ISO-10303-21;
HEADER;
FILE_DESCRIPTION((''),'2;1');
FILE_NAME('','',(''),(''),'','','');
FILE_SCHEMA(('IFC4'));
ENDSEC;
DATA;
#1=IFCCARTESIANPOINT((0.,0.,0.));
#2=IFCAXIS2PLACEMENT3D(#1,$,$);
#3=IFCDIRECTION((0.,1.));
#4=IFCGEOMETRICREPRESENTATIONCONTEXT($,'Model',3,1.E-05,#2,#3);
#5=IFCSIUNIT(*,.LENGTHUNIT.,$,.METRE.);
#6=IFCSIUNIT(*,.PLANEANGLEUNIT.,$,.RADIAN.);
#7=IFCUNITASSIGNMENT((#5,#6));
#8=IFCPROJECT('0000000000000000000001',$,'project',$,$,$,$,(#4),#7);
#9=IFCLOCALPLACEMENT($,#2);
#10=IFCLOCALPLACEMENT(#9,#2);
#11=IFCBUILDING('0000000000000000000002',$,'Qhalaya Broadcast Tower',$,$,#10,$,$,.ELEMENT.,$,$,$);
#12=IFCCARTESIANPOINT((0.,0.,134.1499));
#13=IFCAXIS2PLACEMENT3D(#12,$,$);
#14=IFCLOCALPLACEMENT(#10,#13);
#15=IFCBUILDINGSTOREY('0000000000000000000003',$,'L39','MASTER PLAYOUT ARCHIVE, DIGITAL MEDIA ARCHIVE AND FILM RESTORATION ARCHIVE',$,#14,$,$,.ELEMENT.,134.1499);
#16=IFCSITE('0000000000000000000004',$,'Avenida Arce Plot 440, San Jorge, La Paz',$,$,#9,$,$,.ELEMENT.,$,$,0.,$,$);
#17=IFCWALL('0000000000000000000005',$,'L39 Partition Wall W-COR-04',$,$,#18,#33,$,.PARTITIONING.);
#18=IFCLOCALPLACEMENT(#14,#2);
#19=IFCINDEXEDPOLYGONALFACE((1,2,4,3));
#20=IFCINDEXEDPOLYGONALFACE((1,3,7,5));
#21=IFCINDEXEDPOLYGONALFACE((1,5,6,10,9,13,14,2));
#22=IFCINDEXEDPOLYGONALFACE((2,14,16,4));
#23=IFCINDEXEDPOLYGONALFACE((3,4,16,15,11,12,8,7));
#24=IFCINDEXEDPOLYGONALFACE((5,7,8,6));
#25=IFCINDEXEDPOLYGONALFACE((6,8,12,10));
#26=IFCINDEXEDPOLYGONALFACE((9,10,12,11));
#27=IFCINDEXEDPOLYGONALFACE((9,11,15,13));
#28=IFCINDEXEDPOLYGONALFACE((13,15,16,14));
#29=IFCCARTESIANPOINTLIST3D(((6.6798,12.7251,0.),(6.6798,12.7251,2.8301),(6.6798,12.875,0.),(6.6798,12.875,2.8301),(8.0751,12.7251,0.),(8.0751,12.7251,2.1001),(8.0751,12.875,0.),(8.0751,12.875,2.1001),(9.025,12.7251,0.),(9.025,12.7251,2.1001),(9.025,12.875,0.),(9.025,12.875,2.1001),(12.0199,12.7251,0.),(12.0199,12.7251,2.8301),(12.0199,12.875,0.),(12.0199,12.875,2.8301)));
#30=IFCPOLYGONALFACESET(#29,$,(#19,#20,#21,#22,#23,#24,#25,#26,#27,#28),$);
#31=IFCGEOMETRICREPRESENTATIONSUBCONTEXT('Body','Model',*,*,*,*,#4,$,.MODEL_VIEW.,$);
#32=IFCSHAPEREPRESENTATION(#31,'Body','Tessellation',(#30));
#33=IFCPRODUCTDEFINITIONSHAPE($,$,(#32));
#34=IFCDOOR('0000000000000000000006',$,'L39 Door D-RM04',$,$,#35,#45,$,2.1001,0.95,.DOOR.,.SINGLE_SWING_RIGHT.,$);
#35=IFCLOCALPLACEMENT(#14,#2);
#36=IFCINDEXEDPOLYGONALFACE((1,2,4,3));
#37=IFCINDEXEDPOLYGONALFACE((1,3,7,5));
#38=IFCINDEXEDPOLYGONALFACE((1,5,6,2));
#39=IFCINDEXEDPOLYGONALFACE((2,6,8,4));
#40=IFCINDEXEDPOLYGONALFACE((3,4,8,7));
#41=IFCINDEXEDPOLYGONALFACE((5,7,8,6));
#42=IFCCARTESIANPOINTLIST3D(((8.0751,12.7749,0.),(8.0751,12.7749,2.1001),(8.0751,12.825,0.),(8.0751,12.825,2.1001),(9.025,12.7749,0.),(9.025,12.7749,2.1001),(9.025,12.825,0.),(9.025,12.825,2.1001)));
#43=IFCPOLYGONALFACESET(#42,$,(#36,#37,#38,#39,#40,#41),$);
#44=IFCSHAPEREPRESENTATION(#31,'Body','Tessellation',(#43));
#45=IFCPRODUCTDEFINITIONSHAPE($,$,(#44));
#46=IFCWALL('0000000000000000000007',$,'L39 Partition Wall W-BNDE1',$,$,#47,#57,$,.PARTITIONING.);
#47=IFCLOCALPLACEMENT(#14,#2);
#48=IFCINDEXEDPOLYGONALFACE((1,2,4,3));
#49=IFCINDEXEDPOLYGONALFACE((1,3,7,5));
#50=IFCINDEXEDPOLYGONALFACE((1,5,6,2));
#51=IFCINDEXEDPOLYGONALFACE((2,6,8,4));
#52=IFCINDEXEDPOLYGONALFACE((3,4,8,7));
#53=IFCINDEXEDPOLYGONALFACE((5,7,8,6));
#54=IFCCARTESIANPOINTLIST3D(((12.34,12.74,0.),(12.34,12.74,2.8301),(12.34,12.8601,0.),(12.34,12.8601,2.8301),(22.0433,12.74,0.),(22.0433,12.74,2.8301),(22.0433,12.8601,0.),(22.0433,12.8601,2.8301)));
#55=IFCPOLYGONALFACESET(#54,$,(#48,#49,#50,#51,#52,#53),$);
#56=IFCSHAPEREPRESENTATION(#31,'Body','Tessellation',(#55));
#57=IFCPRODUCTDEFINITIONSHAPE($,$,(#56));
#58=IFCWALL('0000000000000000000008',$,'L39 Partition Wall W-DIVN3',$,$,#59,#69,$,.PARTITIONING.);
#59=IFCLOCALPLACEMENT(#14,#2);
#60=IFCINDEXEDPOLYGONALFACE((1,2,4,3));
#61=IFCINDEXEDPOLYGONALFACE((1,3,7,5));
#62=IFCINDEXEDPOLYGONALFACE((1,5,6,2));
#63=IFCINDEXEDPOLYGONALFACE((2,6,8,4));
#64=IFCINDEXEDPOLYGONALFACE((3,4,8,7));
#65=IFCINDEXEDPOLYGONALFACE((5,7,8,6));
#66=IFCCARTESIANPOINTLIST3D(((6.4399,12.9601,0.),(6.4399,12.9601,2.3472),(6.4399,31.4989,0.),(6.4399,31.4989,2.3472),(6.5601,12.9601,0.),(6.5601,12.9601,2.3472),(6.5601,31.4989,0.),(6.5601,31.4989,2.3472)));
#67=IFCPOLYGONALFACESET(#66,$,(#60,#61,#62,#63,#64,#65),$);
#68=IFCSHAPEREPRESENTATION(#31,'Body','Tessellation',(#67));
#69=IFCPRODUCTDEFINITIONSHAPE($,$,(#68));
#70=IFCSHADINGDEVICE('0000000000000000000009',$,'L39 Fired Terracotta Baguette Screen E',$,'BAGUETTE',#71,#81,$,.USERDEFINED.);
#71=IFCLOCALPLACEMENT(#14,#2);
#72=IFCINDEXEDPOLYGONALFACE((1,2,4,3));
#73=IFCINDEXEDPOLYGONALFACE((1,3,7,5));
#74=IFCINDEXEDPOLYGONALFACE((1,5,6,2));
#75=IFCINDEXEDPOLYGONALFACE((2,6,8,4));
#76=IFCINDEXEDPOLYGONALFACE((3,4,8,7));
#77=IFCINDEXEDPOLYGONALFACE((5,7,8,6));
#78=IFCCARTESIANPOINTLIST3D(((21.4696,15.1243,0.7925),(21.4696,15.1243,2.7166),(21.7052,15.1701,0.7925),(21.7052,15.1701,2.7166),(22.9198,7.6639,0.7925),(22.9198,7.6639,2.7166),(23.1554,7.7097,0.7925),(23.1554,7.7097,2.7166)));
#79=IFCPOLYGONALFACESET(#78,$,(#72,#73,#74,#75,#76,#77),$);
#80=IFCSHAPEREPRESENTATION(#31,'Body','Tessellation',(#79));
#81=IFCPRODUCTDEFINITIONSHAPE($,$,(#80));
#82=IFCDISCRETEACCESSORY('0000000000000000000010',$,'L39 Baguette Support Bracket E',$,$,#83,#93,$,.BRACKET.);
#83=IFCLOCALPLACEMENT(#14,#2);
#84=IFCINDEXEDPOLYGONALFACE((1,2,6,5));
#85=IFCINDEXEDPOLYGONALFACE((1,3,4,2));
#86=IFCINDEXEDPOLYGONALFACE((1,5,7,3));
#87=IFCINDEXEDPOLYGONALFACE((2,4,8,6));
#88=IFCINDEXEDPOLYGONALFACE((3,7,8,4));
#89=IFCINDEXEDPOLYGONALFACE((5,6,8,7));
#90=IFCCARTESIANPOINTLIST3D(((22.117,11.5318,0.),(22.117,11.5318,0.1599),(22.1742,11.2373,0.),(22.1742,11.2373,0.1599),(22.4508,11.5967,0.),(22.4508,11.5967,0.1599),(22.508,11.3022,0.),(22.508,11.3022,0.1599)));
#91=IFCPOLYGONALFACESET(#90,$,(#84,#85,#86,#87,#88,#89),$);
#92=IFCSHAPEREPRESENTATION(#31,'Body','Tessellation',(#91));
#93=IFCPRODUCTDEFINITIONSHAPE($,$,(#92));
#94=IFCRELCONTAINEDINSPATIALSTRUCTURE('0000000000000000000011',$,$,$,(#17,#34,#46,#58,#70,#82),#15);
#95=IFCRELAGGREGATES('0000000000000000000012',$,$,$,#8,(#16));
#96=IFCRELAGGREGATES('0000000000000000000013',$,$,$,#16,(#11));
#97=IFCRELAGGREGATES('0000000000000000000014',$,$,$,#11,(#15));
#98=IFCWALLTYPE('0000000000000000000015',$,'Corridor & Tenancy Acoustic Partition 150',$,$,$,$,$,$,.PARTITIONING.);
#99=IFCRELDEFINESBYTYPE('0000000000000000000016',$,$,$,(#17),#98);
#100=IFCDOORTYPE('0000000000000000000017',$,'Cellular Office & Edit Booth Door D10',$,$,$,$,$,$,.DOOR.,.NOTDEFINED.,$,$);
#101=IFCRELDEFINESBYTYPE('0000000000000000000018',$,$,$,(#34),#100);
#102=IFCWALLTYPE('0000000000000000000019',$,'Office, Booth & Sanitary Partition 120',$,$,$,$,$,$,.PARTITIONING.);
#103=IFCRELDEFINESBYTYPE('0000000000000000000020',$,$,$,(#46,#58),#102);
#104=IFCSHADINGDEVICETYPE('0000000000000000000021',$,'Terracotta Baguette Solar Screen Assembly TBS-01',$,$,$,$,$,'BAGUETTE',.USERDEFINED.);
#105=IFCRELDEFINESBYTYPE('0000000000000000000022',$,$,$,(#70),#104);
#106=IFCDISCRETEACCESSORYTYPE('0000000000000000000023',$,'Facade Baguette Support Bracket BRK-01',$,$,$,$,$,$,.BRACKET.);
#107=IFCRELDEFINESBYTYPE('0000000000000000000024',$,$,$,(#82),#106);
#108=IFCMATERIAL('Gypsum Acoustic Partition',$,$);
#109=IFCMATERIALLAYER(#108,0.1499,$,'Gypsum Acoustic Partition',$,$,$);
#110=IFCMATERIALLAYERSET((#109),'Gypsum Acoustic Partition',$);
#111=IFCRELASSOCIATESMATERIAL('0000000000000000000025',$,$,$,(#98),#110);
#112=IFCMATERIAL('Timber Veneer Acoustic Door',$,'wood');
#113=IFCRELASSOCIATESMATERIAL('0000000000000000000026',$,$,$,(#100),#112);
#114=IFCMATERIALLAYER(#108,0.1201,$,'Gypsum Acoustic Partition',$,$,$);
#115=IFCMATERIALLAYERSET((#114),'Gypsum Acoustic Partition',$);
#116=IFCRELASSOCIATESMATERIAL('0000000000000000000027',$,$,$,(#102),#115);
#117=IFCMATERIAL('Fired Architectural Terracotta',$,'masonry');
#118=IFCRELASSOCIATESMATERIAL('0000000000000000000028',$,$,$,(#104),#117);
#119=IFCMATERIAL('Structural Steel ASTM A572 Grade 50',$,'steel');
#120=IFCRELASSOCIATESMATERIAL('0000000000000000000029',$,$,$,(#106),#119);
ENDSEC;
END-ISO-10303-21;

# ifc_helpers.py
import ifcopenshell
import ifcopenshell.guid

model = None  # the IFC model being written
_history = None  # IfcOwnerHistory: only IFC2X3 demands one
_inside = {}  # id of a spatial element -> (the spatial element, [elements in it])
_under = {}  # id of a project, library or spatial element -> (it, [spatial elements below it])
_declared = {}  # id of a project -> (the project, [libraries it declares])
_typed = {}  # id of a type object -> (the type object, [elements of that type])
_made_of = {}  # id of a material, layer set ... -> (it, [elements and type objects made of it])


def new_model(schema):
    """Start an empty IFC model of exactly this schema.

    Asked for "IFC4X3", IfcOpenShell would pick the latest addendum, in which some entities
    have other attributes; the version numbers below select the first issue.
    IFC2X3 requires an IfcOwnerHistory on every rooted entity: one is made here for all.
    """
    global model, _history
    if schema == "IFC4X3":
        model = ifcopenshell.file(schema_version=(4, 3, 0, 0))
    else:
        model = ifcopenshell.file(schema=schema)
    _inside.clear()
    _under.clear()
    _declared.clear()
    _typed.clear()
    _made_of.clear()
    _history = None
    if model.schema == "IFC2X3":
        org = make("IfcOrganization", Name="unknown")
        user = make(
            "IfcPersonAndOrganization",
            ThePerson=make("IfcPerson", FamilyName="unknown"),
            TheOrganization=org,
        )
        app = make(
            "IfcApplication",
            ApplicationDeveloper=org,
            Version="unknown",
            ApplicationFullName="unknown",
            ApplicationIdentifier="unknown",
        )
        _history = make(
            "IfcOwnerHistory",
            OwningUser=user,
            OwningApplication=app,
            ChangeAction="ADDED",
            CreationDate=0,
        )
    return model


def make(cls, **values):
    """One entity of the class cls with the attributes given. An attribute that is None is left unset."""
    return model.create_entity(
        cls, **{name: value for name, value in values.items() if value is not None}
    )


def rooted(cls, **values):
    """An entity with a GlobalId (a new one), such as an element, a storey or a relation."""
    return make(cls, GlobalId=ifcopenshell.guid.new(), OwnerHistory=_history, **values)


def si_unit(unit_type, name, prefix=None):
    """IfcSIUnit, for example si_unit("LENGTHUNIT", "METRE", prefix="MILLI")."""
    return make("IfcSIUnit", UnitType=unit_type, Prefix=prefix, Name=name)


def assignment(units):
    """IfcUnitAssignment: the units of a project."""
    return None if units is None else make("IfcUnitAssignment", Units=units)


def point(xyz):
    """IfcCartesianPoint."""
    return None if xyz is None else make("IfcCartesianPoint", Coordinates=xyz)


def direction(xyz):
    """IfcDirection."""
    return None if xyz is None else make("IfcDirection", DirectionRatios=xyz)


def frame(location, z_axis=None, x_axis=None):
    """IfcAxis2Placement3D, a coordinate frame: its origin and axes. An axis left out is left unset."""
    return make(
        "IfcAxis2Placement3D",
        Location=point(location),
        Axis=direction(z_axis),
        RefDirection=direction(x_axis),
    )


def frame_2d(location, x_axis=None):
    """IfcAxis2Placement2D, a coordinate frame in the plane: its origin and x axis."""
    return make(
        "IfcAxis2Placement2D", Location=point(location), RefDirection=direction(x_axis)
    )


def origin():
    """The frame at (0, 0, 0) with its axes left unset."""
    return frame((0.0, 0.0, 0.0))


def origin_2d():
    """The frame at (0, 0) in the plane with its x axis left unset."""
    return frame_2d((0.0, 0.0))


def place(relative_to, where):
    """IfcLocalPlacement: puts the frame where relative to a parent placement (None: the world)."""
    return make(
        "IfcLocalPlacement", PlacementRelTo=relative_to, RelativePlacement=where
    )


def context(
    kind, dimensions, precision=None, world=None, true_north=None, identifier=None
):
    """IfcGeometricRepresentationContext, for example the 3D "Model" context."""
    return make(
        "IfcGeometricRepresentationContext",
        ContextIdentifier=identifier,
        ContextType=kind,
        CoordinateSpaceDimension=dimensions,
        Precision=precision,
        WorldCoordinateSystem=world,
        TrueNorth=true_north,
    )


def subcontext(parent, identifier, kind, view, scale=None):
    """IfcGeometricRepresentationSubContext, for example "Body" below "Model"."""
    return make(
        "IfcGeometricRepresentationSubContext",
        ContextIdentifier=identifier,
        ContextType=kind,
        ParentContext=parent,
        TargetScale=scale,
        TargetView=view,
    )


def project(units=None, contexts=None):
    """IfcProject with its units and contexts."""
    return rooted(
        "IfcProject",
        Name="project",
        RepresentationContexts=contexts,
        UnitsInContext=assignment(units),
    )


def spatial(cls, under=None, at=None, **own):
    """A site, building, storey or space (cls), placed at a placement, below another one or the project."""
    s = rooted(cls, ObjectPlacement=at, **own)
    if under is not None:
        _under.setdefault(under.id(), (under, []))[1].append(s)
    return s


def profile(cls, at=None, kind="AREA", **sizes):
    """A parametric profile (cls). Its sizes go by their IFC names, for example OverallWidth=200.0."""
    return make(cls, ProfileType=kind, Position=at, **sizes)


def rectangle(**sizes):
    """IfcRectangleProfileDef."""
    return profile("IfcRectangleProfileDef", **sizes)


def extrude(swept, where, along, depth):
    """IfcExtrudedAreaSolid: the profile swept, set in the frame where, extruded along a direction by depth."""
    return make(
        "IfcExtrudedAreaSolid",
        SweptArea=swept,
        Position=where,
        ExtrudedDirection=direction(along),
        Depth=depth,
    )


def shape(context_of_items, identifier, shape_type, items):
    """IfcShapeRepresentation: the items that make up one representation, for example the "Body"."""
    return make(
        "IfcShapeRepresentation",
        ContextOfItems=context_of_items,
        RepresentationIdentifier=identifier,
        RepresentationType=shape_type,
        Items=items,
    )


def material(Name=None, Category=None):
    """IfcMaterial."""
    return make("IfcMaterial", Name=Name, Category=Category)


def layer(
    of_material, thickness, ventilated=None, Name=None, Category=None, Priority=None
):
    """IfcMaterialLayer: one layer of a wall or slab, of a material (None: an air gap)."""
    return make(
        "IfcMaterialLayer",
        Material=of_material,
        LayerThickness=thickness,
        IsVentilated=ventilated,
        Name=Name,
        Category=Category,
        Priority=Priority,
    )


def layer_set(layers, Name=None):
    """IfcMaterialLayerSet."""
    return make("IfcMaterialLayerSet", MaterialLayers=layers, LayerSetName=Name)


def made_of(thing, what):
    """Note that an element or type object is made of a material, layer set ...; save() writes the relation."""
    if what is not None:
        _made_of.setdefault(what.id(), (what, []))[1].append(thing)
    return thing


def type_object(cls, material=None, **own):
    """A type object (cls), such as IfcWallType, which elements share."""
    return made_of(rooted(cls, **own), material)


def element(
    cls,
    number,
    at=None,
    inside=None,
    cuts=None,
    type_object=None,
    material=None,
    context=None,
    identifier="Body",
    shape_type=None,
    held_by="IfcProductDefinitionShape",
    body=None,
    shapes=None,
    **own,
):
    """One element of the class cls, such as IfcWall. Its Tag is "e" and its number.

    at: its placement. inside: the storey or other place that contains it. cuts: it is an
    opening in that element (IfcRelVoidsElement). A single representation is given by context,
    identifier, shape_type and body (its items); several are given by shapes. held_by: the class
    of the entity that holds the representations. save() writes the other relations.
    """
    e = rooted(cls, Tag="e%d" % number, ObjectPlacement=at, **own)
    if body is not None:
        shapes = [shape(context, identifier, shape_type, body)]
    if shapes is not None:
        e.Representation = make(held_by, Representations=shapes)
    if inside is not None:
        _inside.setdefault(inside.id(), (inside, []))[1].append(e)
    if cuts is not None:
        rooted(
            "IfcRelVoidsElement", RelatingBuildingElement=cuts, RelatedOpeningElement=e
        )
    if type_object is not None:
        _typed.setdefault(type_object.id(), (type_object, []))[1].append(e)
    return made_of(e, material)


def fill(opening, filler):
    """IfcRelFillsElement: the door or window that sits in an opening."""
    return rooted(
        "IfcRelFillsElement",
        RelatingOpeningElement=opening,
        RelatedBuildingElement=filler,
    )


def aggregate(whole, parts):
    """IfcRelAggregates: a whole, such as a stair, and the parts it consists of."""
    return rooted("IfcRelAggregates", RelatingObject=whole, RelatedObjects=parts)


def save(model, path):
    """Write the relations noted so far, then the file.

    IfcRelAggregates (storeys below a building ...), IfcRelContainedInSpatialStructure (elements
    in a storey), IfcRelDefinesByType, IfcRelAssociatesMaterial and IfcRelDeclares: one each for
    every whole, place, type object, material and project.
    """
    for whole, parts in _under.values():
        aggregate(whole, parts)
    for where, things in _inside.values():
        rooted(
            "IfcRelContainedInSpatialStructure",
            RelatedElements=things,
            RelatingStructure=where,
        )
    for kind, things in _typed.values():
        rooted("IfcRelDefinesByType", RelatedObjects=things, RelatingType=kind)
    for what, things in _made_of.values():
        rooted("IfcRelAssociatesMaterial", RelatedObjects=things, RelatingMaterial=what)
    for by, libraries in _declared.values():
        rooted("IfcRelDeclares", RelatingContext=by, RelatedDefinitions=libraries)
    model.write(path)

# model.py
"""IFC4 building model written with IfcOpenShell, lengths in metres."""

from ifc_helpers import new_model, si_unit, direction, frame, frame_2d, origin, origin_2d, place, context, subcontext, project, spatial, rectangle, extrude, material, layer, layer_set, type_object, element, fill, save


model = new_model("IFC4")

# Units and contexts
model_context = context("Model", 3, precision=1e-05, world=origin(), true_north=direction((0.0, 1.0)))
body_context = subcontext(model_context, "Body", "Model", "MODEL_VIEW")
ifc_project = project(units=[si_unit("LENGTHUNIT", "METRE"), si_unit("PLANEANGLEUNIT", "RADIAN")], contexts=[model_context])

# Site, building, storey
site_placement = place(None, origin())
site = spatial("IfcSite", under=ifc_project, at=site_placement, Name="Avenida Arce Plot 440, San Jorge, La Paz", CompositionType="ELEMENT", RefElevation=0.0)
building_placement = place(site_placement, origin())
building = spatial("IfcBuilding", under=site, at=building_placement, Name="Qhalaya Broadcast Tower", CompositionType="ELEMENT")
storey_placement = place(building_placement, frame((0.0, 0.0, 134.1499)))
storey = spatial("IfcBuildingStorey", under=building, at=storey_placement, Name="L39", Description="MASTER PLAYOUT ARCHIVE, DIGITAL MEDIA ARCHIVE AND FILM RESTORATION ARCHIVE", CompositionType="ELEMENT", Elevation=134.1499)

# Wall, opening, door
ifc_material_1 = material(Name="Gypsum Acoustic Partition")
ifc_layer_1 = layer(ifc_material_1, 0.1499, Name="Gypsum Acoustic Partition")
ifc_layer_set_1 = layer_set([ifc_layer_1], Name="Gypsum Acoustic Partition")
wall_type_1 = type_object("IfcWallType", Name="Corridor & Tenancy Acoustic Partition 150", PredefinedType="PARTITIONING", material=ifc_layer_set_1)
ifc_material_2 = material(Name="Timber Veneer Acoustic Door", Category="wood")
door_type = type_object("IfcDoorType", Name="Cellular Office & Edit Booth Door D10", OperationType="NOTDEFINED", PredefinedType="DOOR", material=ifc_material_2)
wall_1_placement = place(storey_placement, frame((6.6799, 12.8, 0.0), z_axis=(0.0, 0.0, 1.0), x_axis=(1.0, 0.0, 0.0)))
wall_1 = element("IfcWall", 1, at=wall_1_placement, inside=storey, type_object=wall_type_1, Name="L39 Partition Wall W-COR-04", PredefinedType="PARTITIONING", context=body_context, shape_type="SweptSolid", body=[
    extrude(rectangle(XDim=5.3401, YDim=0.1499, at=frame_2d((2.6699, 0.0))), origin(), (0.0, 0.0, 1.0), 2.8301),
])
opening_1_placement = place(wall_1_placement, frame((1.395, 0.0, 0.0)))
opening_1 = element("IfcOpeningElement", 2, at=opening_1_placement, cuts=wall_1, PredefinedType="OPENING", context=body_context, shape_type="SweptSolid", body=[
    extrude(rectangle(XDim=0.95, YDim=2.1001, at=frame_2d((0.4751, 1.05))), frame((0.0, 0.0869, 0.0), z_axis=(0.0, -1.0, 0.0), x_axis=(1.0, 0.0, 0.0)), (0.0, 0.0, 1.0), 0.1738),
])
door_1_placement = place(opening_1_placement, origin())
door_1 = element("IfcDoor", 3, at=door_1_placement, inside=storey, type_object=door_type, Name="L39 Door D-RM04", OperationType="SINGLE_SWING_RIGHT", OverallHeight=2.1001, OverallWidth=0.95, PredefinedType="DOOR", context=body_context, shape_type="SweptSolid", body=[
    extrude(rectangle(XDim=0.95, YDim=2.1001, at=frame_2d((0.4751, 1.05))), frame((0.0, 0.0249, 0.0), z_axis=(0.0, -1.0, 0.0), x_axis=(1.0, 0.0, 0.0)), (0.0, 0.0, 1.0), 0.05),
])
fill(opening_1, door_1)

# Walls
ifc_layer_2 = layer(ifc_material_1, 0.1201, Name="Gypsum Acoustic Partition")
ifc_layer_set_2 = layer_set([ifc_layer_2], Name="Gypsum Acoustic Partition")
wall_type_2 = type_object("IfcWallType", Name="Office, Booth & Sanitary Partition 120", PredefinedType="PARTITIONING", material=ifc_layer_set_2)
wall_2_placement = place(storey_placement, frame((12.3401, 12.8, 0.0), z_axis=(0.0, 0.0, 1.0), x_axis=(1.0, 0.0, 0.0)))
element("IfcWall", 4, at=wall_2_placement, inside=storey, type_object=wall_type_2, Name="L39 Partition Wall W-BNDE1", PredefinedType="PARTITIONING", context=body_context, shape_type="SweptSolid", body=[
    extrude(rectangle(XDim=9.7034, YDim=0.1201, at=frame_2d((4.8516, 0.0))), origin(), (0.0, 0.0, 1.0), 2.8301),
])
wall_3_placement = place(storey_placement, frame((6.5, 12.96, 0.0), z_axis=(0.0, 0.0, 1.0), x_axis=(0.0, 1.0, 0.0)))
element("IfcWall", 5, at=wall_3_placement, inside=storey, type_object=wall_type_2, Name="L39 Partition Wall W-DIVN3", PredefinedType="PARTITIONING", context=body_context, shape_type="SweptSolid", body=[
    extrude(rectangle(XDim=18.5388, YDim=0.1201, at=frame_2d((9.2695, 0.0))), origin(), (0.0, 0.0, 1.0), 2.3472),
])

# Shading device
ifc_material_3 = material(Name="Fired Architectural Terracotta", Category="masonry")
shading_device_type = type_object("IfcShadingDeviceType", Name="Terracotta Baguette Solar Screen Assembly TBS-01", ElementType="BAGUETTE", PredefinedType="USERDEFINED", material=ifc_material_3)
shading_device_placement = place(storey_placement, frame((22.3125, 11.417, 0.7925), z_axis=(0.0, 0.0, 1.0), x_axis=(-0.190809, 0.981627, 0.0)))
element("IfcShadingDevice", 6, at=shading_device_placement, inside=storey, type_object=shading_device_type, Name="L39 Fired Terracotta Baguette Screen E", ObjectType="BAGUETTE", PredefinedType="USERDEFINED", context=body_context, shape_type="SweptSolid", body=[
    extrude(rectangle(XDim=7.6001, YDim=0.24, at=origin_2d()), origin(), (0.0, 0.0, 1.0), 1.9241),
])

# Discrete accessory
ifc_material_4 = material(Name="Structural Steel ASTM A572 Grade 50", Category="steel")
discrete_accessory_type = type_object("IfcDiscreteAccessoryType", Name="Facade Baguette Support Bracket BRK-01", PredefinedType="BRACKET", material=ifc_material_4)
discrete_accessory_placement = place(storey_placement, frame((22.3125, 11.417, 0.0), z_axis=(0.0, 0.0, 1.0), x_axis=(-0.190809, 0.981627, 0.0)))
element("IfcDiscreteAccessory", 7, at=discrete_accessory_placement, inside=storey, type_object=discrete_accessory_type, Name="L39 Baguette Support Bracket E", PredefinedType="BRACKET", context=body_context, shape_type="SweptSolid", body=[
    extrude(rectangle(XDim=0.3, YDim=0.3401, at=origin_2d()), origin(), (0.0, 0.0, 1.0), 0.1599),
])

save(model, "model.ifc")
